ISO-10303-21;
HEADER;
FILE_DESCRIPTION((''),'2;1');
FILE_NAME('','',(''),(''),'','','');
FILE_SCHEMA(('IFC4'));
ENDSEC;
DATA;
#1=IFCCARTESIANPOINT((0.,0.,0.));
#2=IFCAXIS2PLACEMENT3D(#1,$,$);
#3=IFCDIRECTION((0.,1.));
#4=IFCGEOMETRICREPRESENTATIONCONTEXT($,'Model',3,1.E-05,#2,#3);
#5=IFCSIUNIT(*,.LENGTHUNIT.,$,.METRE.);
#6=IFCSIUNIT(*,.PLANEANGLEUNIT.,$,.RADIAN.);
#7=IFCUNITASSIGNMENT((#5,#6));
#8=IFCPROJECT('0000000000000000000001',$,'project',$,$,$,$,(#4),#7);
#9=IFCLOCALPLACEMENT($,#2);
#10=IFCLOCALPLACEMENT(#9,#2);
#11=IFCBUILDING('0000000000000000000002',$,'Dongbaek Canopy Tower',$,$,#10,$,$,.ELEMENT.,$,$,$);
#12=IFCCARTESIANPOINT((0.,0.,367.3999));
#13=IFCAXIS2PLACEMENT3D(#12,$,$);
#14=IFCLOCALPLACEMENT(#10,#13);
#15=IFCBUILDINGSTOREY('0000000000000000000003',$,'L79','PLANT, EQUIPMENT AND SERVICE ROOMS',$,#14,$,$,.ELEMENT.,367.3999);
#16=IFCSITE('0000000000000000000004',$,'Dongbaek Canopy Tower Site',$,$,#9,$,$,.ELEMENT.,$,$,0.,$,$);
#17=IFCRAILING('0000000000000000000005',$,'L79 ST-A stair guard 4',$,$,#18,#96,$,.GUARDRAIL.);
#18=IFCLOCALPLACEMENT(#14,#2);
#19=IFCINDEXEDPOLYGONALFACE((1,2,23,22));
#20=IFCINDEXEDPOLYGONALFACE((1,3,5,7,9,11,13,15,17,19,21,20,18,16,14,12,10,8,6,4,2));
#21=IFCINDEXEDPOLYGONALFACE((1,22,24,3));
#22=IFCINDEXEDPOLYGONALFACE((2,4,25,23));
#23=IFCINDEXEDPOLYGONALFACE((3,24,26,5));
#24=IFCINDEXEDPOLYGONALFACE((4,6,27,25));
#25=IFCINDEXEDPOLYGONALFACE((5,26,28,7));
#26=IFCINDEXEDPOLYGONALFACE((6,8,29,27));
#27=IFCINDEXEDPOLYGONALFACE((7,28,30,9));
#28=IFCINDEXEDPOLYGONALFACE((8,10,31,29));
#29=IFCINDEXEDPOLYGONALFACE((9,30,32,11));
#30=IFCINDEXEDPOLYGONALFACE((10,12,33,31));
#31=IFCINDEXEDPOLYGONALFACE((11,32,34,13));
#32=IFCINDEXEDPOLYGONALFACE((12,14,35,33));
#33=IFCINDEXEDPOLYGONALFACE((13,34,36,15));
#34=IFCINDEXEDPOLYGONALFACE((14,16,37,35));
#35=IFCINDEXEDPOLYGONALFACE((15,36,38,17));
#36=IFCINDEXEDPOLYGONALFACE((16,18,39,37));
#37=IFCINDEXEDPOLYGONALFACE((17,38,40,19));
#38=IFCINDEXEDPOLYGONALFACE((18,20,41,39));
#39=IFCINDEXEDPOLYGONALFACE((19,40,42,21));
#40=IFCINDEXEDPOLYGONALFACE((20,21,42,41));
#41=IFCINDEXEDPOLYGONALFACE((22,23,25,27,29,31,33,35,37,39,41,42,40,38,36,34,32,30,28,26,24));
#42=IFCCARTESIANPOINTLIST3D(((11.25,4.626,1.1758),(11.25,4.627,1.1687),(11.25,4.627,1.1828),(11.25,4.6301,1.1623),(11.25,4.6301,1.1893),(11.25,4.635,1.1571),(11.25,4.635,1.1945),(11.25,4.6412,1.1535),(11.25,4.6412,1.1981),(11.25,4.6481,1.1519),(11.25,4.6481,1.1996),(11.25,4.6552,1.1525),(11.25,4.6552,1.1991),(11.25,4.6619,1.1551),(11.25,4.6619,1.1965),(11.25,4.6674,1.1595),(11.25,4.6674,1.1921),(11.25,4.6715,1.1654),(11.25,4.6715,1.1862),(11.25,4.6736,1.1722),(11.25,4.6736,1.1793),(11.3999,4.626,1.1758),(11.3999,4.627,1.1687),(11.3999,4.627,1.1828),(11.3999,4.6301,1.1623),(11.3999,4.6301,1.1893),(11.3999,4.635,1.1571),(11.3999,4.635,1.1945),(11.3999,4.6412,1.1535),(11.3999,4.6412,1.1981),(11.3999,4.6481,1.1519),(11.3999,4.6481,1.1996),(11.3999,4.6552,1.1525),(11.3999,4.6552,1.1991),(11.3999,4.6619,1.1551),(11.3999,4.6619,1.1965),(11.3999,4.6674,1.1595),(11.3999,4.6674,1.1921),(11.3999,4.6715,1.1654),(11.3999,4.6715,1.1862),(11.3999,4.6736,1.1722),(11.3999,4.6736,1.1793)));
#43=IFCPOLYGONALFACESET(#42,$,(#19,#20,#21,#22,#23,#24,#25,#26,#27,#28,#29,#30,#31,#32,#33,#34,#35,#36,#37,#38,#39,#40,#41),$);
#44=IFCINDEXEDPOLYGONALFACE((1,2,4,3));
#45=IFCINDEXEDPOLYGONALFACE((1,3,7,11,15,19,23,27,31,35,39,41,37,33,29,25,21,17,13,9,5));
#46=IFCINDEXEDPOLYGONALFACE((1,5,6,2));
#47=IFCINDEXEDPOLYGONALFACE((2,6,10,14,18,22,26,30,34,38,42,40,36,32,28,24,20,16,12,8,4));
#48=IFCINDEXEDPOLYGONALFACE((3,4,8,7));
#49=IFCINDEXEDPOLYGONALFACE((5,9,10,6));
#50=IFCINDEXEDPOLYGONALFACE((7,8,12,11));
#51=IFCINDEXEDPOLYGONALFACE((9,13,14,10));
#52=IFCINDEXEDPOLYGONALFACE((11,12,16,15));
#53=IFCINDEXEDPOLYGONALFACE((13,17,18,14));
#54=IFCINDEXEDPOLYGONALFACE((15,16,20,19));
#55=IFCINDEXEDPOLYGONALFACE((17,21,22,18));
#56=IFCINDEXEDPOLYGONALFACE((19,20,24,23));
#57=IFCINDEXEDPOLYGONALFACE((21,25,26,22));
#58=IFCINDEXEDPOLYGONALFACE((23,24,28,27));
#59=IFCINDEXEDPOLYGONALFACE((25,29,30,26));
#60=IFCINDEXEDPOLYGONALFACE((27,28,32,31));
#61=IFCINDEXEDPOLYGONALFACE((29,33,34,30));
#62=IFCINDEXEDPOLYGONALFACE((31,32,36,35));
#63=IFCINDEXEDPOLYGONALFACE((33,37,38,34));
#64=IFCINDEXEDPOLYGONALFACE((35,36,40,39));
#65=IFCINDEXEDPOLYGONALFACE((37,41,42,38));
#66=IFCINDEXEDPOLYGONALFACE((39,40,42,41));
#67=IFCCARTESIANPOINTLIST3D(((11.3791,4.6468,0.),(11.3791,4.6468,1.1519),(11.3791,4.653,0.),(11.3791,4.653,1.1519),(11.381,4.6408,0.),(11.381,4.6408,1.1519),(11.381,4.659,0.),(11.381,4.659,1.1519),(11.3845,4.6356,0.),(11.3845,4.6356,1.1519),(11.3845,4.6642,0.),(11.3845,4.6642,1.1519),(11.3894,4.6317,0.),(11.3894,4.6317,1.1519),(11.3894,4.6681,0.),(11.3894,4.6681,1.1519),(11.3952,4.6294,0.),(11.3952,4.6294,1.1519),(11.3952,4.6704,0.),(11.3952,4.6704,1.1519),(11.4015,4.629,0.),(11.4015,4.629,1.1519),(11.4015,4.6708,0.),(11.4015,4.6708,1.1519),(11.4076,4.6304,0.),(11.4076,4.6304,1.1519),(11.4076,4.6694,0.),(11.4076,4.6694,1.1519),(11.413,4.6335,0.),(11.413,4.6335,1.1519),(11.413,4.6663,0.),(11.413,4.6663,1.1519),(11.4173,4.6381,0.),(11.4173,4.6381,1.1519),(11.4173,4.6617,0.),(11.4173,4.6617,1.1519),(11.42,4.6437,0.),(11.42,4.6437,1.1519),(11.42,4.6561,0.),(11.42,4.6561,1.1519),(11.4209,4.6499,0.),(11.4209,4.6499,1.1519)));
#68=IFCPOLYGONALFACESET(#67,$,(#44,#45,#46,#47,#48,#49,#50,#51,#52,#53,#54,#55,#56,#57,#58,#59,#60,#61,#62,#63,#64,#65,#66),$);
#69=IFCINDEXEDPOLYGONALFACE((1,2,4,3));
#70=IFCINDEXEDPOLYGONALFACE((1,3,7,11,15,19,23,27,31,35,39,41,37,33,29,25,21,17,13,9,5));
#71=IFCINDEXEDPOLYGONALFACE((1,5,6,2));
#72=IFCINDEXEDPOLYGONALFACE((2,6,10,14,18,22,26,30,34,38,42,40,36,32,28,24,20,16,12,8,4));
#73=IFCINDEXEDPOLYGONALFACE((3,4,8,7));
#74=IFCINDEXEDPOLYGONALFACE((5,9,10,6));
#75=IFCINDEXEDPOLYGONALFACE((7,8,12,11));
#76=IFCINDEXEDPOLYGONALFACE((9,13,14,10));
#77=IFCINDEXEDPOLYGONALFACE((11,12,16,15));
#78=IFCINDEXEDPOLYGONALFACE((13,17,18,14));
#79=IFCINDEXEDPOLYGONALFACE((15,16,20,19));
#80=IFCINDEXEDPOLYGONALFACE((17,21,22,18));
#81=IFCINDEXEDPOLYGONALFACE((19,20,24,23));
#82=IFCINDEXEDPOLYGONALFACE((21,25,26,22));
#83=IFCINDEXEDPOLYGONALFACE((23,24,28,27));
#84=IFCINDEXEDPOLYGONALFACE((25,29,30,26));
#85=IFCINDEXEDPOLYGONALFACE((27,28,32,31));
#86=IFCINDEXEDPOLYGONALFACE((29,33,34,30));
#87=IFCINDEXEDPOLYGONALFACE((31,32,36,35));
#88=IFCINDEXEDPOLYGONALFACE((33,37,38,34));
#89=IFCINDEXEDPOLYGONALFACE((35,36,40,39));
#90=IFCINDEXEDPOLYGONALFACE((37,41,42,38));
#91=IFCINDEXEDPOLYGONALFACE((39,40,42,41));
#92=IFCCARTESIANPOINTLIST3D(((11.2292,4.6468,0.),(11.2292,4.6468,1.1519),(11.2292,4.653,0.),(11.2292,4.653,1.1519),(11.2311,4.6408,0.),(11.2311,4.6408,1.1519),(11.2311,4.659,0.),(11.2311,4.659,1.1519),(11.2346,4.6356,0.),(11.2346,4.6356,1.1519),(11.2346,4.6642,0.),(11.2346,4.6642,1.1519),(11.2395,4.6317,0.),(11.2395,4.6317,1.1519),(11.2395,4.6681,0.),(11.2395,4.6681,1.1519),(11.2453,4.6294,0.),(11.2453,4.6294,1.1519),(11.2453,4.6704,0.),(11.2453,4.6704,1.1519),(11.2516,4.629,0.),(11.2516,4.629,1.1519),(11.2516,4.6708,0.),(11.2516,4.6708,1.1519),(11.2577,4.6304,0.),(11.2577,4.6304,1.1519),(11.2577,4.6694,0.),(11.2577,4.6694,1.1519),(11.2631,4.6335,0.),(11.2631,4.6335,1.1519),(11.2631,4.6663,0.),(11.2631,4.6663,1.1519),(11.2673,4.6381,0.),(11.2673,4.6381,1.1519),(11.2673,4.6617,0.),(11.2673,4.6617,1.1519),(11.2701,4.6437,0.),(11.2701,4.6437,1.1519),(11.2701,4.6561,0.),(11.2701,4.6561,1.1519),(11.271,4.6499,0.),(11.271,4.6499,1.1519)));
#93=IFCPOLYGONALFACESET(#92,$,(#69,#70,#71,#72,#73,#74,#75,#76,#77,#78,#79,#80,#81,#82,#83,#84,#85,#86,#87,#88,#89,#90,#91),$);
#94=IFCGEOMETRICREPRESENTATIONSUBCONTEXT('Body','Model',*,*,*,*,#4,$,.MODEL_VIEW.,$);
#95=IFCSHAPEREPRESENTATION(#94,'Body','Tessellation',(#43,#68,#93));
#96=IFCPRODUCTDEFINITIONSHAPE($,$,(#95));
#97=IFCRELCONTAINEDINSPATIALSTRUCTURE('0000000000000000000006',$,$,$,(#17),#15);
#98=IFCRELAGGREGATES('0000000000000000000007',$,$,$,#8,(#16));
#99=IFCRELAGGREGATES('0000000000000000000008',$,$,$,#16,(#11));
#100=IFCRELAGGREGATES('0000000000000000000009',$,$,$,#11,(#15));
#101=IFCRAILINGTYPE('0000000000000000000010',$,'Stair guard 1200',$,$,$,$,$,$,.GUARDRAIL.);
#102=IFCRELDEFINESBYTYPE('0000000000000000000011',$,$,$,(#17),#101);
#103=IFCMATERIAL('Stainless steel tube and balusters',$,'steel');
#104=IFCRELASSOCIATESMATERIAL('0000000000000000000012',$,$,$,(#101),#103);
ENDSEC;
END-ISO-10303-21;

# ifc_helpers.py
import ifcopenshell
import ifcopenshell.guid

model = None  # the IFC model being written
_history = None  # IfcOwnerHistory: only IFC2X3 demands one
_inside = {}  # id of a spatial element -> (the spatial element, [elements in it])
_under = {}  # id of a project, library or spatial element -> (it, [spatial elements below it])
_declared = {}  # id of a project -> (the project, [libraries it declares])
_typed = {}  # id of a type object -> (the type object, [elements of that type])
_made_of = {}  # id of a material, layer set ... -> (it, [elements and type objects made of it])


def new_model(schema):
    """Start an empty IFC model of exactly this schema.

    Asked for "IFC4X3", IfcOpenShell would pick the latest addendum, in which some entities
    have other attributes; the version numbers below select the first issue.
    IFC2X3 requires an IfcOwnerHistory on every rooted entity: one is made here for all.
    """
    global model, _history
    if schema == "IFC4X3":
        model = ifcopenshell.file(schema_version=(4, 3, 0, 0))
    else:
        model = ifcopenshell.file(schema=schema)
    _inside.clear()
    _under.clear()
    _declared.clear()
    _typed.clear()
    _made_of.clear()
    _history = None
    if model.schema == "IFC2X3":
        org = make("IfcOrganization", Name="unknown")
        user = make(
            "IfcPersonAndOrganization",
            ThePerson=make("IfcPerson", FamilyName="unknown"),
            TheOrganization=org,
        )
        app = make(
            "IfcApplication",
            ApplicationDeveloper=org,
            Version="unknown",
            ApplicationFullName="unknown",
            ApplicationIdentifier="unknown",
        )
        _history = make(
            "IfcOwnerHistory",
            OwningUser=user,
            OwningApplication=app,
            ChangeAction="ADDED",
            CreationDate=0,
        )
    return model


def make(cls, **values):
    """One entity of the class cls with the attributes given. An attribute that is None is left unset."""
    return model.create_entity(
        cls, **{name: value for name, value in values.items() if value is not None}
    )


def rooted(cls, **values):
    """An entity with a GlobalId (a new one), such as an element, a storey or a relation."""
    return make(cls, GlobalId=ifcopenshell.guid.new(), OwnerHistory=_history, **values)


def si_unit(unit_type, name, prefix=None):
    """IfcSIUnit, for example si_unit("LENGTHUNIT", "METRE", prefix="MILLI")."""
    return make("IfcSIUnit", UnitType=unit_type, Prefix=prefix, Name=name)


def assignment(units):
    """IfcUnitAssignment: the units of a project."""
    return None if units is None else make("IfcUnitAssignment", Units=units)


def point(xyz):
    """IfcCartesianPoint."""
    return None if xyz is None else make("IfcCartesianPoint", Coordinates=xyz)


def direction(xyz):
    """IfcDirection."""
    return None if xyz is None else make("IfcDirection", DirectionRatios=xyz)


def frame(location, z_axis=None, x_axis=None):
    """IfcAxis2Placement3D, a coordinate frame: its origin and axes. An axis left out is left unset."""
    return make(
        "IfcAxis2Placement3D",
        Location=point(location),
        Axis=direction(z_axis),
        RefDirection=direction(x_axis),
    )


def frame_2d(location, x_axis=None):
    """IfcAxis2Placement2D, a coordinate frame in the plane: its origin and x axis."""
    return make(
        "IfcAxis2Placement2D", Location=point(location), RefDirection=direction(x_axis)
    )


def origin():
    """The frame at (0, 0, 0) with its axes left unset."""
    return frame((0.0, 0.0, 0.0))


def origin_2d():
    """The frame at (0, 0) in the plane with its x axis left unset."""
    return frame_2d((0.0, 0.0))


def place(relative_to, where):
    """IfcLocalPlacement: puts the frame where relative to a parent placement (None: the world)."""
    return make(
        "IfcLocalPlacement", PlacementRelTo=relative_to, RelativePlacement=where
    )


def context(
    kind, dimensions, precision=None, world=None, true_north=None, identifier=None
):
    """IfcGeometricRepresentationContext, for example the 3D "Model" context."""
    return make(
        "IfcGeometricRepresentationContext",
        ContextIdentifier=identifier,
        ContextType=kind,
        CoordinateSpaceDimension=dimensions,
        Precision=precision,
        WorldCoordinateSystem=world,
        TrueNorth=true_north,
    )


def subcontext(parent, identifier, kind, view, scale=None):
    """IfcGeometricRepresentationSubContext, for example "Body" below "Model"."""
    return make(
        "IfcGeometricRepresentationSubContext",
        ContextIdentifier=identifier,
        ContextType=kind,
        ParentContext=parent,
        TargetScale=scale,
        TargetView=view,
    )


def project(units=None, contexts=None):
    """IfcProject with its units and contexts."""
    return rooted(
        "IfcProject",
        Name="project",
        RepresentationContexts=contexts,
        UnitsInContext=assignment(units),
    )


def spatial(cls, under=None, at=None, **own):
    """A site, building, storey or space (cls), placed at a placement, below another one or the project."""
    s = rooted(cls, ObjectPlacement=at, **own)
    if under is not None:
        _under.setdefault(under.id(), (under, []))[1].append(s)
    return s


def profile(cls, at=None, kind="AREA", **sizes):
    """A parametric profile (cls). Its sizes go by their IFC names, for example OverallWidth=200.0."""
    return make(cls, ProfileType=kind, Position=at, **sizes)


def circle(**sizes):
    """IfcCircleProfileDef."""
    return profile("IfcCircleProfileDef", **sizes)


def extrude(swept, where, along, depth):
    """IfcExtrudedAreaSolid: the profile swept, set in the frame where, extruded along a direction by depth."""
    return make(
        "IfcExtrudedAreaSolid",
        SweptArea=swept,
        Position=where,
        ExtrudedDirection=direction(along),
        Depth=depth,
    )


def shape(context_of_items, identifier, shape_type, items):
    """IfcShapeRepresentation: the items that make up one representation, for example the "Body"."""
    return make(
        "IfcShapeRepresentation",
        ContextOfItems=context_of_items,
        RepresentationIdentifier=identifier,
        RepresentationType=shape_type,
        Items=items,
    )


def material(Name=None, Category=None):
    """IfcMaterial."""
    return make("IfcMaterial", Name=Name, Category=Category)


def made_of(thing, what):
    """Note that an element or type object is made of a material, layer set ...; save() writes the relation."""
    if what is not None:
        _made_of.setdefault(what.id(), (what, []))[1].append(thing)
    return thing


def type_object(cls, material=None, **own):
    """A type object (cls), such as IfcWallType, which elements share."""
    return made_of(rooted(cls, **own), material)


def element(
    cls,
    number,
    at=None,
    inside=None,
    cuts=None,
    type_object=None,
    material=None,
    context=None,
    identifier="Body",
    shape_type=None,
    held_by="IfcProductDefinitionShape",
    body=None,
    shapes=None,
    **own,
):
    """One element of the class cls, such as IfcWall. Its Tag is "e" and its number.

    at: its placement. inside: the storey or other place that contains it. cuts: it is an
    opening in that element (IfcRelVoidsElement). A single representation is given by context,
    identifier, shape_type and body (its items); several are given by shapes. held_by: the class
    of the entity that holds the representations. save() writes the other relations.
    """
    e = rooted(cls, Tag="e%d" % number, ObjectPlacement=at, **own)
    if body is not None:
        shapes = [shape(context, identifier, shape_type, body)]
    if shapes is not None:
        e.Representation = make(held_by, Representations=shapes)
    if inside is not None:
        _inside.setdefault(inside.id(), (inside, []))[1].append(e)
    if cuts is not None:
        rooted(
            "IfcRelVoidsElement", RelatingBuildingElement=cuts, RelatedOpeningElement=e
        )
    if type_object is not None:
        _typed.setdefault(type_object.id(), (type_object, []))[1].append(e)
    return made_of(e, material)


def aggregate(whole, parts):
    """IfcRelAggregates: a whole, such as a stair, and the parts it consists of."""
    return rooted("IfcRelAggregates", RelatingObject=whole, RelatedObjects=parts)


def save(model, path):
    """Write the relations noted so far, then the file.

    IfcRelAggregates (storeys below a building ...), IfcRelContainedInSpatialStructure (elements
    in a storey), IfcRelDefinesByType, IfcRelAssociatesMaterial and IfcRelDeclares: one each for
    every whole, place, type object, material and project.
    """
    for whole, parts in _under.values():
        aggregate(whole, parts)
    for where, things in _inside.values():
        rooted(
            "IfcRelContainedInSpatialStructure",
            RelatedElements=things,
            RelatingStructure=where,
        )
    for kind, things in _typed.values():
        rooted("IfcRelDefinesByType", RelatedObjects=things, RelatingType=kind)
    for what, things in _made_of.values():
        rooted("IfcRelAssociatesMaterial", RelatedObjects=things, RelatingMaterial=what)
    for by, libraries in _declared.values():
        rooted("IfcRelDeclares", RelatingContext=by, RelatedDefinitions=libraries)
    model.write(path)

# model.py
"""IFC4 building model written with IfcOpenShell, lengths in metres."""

from ifc_helpers import new_model, si_unit, direction, frame, origin, origin_2d, place, context, subcontext, project, spatial, circle, extrude, material, type_object, element, save


model = new_model("IFC4")

# Units and contexts
model_context = context("Model", 3, precision=1e-05, world=origin(), true_north=direction((0.0, 1.0)))
body_context = subcontext(model_context, "Body", "Model", "MODEL_VIEW")
ifc_project = project(units=[si_unit("LENGTHUNIT", "METRE"), si_unit("PLANEANGLEUNIT", "RADIAN")], contexts=[model_context])

# Site, building, storey
site_placement = place(None, origin())
site = spatial("IfcSite", under=ifc_project, at=site_placement, Name="Dongbaek Canopy Tower Site", CompositionType="ELEMENT", RefElevation=0.0)
building_placement = place(site_placement, origin())
building = spatial("IfcBuilding", under=site, at=building_placement, Name="Dongbaek Canopy Tower", CompositionType="ELEMENT")
storey_placement = place(building_placement, frame((0.0, 0.0, 367.3999)))
storey = spatial("IfcBuildingStorey", under=building, at=storey_placement, Name="L79", Description="PLANT, EQUIPMENT AND SERVICE ROOMS", CompositionType="ELEMENT", Elevation=367.3999)

# Railing
ifc_material_1 = material(Name="Stainless steel tube and balusters", Category="steel")
railing_type_1 = type_object("IfcRailingType", Name="Stair guard 1200", PredefinedType="GUARDRAIL", material=ifc_material_1)
railing_1_placement = place(storey_placement, frame((11.3999, 4.6499, 0.0)))
element("IfcRailing", 1, at=railing_1_placement, inside=storey, type_object=railing_type_1, Name="L79 ST-A stair guard 4", PredefinedType="GUARDRAIL", context=body_context, shape_type="SweptSolid", body=[
    extrude(circle(Radius=0.0239, at=origin_2d()), frame((0.0, 0.0, 1.1758), z_axis=(-1.0, 0.0, 0.0), x_axis=(0.0, -1.0, 0.0)), (0.0, 0.0, 1.0), 0.1499),
    extrude(circle(Radius=0.021, at=origin_2d()), origin(), (0.0, 0.0, 1.0), 1.1519),
    extrude(circle(Radius=0.021, at=origin_2d()), frame((-0.1499, 0.0, 0.0)), (0.0, 0.0, 1.0), 1.1519),
])

save(model, "model.ifc")
